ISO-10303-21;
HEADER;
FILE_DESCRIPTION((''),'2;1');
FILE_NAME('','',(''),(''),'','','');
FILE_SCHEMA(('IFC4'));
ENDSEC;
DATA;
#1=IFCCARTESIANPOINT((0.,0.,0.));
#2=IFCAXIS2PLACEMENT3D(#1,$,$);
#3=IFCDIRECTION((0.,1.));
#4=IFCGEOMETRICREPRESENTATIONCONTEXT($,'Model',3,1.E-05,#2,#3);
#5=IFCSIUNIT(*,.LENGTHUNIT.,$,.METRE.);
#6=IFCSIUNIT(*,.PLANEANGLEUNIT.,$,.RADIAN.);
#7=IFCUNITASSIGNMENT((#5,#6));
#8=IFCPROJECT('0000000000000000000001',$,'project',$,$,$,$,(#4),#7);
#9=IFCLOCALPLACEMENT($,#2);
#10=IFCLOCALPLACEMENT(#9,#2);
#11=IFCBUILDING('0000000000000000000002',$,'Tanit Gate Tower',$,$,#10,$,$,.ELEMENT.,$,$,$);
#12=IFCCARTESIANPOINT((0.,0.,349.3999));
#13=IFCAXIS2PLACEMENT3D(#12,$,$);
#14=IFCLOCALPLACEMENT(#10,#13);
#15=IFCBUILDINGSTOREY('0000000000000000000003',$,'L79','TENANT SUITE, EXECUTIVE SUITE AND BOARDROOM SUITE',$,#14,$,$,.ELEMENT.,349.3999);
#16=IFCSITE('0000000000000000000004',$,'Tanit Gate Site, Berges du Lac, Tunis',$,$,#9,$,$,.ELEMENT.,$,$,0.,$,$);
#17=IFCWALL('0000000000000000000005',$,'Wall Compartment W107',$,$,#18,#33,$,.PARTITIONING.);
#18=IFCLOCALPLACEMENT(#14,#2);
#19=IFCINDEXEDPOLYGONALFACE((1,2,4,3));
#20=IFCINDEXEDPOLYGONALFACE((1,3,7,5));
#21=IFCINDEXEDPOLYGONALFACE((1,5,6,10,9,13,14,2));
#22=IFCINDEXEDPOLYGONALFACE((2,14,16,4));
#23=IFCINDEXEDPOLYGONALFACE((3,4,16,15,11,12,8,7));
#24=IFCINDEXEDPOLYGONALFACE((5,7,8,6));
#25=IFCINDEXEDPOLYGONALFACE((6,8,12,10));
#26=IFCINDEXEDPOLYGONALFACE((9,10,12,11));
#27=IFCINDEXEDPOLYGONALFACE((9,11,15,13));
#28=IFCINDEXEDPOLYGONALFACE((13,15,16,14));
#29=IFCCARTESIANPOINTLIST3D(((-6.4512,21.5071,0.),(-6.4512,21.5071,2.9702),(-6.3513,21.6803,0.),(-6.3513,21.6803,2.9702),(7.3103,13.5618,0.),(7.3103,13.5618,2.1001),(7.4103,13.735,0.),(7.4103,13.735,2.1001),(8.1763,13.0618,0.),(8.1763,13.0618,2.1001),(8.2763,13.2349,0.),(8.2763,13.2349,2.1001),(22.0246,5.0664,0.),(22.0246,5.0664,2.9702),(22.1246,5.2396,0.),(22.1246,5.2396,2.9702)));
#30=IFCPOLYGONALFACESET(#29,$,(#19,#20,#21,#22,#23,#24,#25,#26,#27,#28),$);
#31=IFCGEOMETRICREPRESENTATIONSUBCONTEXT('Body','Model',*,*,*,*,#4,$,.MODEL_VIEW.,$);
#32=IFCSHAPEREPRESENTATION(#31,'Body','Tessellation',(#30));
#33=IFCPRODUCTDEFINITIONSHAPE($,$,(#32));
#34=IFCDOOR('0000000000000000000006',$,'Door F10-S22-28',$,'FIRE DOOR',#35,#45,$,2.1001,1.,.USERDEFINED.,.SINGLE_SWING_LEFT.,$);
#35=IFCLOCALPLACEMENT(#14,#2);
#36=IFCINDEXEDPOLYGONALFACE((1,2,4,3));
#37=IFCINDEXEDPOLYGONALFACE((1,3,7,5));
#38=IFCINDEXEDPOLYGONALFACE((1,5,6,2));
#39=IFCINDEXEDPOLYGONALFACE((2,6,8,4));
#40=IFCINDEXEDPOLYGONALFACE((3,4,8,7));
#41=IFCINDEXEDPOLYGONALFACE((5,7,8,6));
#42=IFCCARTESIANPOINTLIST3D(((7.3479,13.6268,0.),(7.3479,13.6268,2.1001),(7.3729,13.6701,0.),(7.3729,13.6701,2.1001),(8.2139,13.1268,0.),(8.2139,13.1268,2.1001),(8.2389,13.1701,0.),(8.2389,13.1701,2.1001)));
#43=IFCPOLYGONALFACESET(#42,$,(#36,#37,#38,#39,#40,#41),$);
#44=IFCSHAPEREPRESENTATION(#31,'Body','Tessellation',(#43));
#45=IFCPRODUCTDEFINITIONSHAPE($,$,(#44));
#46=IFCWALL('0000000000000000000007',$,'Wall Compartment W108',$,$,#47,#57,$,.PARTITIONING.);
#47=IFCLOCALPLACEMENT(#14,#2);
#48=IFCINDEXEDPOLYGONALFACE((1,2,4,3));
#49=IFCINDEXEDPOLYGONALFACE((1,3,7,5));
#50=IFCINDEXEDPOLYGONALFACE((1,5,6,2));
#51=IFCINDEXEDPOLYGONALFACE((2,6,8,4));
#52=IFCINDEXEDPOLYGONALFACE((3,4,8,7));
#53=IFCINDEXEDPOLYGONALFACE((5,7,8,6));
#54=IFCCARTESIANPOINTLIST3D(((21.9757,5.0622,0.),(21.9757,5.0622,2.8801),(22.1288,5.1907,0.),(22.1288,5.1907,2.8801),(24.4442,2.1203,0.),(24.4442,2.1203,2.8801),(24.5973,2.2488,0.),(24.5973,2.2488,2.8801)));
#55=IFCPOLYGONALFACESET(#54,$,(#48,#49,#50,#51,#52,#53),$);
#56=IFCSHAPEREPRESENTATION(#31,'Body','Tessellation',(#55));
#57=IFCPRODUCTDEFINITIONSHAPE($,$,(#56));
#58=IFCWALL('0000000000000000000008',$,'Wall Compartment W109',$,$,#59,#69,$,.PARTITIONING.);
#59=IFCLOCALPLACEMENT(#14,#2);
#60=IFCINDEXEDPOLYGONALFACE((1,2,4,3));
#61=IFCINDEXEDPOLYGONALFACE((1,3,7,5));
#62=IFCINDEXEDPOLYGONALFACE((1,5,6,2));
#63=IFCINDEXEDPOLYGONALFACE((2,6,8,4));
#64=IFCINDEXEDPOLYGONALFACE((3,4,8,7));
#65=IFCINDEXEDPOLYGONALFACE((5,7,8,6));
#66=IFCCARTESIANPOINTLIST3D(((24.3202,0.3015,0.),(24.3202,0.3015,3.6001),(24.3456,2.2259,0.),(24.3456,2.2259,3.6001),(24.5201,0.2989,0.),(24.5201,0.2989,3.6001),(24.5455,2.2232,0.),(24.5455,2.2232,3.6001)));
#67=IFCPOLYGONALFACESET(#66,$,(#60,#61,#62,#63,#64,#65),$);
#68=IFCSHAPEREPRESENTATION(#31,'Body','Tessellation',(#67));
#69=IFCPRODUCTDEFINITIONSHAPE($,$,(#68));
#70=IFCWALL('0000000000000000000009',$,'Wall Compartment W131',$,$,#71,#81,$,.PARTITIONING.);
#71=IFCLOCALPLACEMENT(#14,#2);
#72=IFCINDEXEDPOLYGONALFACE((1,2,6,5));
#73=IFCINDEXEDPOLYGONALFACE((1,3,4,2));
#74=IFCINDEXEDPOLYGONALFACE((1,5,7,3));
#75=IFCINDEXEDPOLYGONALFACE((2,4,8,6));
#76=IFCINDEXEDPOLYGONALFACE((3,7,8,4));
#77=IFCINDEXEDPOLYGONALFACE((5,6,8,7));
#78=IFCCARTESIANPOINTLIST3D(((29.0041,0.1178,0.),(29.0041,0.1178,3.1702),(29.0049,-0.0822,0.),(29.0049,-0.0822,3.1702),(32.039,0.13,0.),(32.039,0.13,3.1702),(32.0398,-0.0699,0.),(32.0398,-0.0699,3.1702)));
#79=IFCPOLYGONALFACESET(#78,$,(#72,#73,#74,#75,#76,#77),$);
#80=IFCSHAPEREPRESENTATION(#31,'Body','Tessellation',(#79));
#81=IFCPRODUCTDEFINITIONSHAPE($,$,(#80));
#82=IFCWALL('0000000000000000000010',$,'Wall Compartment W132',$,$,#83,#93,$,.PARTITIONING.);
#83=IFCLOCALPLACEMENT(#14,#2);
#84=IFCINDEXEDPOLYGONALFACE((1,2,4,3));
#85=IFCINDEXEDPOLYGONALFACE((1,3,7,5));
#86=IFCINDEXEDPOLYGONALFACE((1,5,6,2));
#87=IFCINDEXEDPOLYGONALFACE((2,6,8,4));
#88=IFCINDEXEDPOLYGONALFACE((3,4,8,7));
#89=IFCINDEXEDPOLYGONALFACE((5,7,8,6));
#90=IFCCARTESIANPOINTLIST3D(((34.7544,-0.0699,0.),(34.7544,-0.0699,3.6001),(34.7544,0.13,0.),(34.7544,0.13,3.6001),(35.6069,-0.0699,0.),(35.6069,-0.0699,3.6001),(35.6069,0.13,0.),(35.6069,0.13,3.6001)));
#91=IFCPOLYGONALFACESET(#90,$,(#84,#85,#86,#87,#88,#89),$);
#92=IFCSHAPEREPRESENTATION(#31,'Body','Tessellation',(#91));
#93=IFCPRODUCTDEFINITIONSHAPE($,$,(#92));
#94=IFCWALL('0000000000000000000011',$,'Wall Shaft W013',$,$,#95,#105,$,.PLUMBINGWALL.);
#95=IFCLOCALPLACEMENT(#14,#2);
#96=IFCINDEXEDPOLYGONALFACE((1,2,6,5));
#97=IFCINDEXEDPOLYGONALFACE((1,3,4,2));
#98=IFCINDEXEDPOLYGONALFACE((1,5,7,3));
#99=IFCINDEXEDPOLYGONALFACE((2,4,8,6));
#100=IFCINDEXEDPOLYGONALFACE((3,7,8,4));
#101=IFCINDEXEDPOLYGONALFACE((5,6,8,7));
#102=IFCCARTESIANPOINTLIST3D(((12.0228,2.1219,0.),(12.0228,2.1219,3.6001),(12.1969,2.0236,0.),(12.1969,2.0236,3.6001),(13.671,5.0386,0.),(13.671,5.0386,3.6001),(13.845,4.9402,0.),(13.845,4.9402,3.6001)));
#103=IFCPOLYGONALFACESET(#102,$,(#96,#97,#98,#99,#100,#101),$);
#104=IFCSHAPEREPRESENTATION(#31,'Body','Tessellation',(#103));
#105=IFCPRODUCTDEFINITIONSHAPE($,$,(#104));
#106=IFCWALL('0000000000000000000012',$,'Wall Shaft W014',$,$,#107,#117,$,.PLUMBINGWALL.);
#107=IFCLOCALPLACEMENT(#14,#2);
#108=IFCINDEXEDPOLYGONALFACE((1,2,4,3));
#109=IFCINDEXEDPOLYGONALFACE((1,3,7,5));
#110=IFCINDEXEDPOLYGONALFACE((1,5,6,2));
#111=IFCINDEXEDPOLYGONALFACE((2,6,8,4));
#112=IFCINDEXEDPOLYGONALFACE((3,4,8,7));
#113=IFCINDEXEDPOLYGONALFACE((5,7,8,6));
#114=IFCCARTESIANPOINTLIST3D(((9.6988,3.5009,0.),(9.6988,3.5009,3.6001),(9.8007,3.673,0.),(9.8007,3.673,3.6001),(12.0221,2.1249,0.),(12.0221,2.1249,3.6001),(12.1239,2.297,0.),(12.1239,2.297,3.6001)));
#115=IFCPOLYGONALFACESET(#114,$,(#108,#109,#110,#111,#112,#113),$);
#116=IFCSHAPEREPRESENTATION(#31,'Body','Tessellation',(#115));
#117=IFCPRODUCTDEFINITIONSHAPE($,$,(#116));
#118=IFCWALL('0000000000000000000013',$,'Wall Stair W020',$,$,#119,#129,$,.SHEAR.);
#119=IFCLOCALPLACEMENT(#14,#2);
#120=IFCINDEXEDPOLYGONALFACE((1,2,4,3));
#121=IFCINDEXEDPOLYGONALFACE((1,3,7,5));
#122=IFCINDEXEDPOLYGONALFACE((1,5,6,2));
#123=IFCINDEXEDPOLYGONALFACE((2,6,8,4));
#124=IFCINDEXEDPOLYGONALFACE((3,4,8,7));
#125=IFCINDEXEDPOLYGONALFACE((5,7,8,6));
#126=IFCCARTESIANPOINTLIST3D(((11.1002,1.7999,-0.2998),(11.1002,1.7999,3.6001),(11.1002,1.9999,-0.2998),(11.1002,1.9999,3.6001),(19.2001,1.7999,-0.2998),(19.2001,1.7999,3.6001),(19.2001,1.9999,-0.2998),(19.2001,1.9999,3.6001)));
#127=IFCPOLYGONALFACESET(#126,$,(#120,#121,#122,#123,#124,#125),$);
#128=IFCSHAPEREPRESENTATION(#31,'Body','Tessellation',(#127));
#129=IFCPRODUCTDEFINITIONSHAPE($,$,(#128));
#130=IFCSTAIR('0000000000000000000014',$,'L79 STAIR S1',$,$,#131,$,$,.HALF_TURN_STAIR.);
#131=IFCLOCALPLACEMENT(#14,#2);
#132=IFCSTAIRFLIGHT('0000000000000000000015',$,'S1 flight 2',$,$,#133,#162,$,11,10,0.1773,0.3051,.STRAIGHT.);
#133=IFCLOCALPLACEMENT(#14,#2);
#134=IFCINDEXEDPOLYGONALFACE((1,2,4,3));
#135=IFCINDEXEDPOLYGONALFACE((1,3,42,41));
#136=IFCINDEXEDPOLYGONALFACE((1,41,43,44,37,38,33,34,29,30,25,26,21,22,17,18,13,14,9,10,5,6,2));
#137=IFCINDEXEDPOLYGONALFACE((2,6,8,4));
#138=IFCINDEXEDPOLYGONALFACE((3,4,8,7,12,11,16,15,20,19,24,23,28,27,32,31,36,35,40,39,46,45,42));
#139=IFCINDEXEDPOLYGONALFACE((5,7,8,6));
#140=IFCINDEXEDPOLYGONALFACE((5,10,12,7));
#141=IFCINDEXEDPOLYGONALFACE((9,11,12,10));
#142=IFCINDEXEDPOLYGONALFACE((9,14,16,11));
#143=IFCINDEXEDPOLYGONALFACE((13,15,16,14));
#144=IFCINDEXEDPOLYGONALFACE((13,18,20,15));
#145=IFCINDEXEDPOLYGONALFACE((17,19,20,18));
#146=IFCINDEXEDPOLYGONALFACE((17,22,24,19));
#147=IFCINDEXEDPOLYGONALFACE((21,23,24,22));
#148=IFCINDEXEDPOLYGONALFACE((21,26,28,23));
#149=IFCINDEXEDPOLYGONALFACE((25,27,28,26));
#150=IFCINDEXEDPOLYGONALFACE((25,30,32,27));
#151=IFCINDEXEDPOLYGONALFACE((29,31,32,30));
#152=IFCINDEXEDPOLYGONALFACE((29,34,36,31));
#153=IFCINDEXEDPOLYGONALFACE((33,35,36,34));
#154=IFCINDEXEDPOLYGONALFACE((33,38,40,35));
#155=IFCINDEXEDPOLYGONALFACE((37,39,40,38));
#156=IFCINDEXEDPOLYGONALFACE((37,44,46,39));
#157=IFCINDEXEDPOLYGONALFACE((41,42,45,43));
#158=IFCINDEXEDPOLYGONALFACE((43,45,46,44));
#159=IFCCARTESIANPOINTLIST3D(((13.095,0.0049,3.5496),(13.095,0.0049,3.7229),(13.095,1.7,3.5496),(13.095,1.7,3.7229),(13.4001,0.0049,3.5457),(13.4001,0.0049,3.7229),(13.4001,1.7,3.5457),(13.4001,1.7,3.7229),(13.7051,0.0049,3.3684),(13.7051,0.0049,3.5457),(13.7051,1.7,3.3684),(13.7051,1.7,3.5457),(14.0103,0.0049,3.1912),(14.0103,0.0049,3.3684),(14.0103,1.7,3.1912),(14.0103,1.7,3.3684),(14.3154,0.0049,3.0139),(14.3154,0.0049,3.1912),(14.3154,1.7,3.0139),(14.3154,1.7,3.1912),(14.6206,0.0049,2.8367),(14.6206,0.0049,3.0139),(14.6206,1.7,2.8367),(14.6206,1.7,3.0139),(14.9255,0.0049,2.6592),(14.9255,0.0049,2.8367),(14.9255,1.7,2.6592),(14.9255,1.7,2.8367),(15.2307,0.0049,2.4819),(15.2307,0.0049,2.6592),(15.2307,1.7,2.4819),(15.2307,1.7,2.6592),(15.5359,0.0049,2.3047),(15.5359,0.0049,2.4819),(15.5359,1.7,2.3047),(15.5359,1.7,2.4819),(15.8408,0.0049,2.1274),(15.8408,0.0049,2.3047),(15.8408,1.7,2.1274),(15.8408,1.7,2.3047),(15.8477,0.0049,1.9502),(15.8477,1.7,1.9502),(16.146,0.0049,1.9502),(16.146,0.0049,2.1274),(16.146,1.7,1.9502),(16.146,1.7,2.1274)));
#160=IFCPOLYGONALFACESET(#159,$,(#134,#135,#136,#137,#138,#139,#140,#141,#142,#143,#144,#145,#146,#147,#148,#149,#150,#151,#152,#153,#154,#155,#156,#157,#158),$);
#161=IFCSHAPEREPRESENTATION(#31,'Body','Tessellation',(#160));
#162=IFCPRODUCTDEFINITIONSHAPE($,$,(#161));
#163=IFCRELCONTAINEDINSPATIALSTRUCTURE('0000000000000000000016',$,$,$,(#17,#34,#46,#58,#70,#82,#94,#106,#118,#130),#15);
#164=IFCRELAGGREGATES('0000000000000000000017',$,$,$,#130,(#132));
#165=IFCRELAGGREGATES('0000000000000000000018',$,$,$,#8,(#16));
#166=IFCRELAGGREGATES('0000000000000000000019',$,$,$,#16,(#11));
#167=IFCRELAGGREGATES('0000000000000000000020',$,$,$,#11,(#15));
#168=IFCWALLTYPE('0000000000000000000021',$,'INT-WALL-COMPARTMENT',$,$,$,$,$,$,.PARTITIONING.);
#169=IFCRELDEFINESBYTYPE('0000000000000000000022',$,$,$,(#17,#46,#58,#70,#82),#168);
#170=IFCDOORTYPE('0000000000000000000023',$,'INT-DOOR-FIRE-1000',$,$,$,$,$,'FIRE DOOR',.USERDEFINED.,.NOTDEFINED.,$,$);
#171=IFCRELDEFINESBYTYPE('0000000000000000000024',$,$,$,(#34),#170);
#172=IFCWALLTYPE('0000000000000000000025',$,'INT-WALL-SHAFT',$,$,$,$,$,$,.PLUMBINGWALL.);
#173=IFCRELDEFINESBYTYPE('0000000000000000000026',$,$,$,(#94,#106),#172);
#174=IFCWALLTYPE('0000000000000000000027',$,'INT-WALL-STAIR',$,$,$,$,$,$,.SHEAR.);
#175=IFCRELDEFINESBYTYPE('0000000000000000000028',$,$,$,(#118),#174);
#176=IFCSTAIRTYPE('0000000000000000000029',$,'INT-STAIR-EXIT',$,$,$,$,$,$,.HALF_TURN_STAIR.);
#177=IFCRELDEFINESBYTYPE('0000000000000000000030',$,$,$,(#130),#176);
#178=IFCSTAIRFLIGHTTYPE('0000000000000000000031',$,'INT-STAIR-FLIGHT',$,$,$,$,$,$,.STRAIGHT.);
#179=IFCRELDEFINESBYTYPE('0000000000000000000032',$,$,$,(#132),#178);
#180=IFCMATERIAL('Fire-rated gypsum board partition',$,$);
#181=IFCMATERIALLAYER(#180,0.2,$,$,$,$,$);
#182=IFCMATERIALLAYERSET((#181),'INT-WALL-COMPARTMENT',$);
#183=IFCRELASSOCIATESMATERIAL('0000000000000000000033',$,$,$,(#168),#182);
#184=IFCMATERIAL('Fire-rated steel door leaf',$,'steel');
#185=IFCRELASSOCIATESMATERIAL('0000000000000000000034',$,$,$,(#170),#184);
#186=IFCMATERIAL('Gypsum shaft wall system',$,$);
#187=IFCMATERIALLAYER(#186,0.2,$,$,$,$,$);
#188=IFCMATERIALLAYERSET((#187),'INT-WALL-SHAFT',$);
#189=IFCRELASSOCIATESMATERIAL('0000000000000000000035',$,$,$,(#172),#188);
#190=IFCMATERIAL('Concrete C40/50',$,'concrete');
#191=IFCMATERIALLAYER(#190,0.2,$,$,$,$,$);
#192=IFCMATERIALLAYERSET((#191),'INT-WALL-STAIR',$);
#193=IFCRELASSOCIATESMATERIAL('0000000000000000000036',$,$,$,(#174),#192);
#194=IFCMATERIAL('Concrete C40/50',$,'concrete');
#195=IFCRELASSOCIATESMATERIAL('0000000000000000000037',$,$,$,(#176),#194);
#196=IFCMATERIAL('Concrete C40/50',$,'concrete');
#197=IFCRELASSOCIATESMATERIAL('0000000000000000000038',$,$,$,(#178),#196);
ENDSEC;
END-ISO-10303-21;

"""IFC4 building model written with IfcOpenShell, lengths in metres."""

from ifc_helpers import new_model, si_unit, direction, frame, frame_2d, origin, place, context, subcontext, project, spatial, polyline, rectangle, outline, extrude, material, layer, layer_set, type_object, element, fill, aggregate, save


model = new_model("IFC4")

# Units and contexts
model_context = context("Model", 3, precision=1e-05, world=origin(), true_north=direction((0.0, 1.0)))
body_context = subcontext(model_context, "Body", "Model", "MODEL_VIEW")
ifc_project = project(units=[si_unit("LENGTHUNIT", "METRE"), si_unit("PLANEANGLEUNIT", "RADIAN")], contexts=[model_context])

# Site, building, storey
site_placement = place(None, origin())
site = spatial("IfcSite", under=ifc_project, at=site_placement, Name="Tanit Gate Site, Berges du Lac, Tunis", CompositionType="ELEMENT", RefElevation=0.0)
building_placement = place(site_placement, origin())
building = spatial("IfcBuilding", under=site, at=building_placement, Name="Tanit Gate Tower", CompositionType="ELEMENT")
storey_placement = place(building_placement, frame((0.0, 0.0, 349.3999)))
storey = spatial("IfcBuildingStorey", under=building, at=storey_placement, Name="L79", Description="TENANT SUITE, EXECUTIVE SUITE AND BOARDROOM SUITE", CompositionType="ELEMENT", Elevation=349.3999)

# Wall, opening, door
ifc_material_1 = material(Name="Fire-rated gypsum board partition")
ifc_layer_1 = layer(ifc_material_1, 0.2)
ifc_layer_set_1 = layer_set([ifc_layer_1], Name="INT-WALL-COMPARTMENT")
wall_type_1 = type_object("IfcWallType", Name="INT-WALL-COMPARTMENT", PredefinedType="PARTITIONING", material=ifc_layer_set_1)
wall_1_placement = place(storey_placement, frame((22.0745, 5.1531, 0.0), z_axis=(0.0, 0.0, 1.0), x_axis=(-0.866023, 0.500003, 0.0)))
wall_1 = element("IfcWall", 1, at=wall_1_placement, inside=storey, type_object=wall_type_1, Name="Wall Compartment W107", PredefinedType="PARTITIONING", context=body_context, shape_type="SweptSolid", body=[
    extrude(rectangle(XDim=32.8811, YDim=0.2, at=frame_2d((16.4404, 0.0))), origin(), (0.0, 0.0, 1.0), 2.9702),
])
opening_1_placement = place(wall_1_placement, frame((15.9905, 0.0, 0.0)))
opening_1 = element("IfcOpeningElement", 2, at=opening_1_placement, cuts=wall_1, PredefinedType="OPENING", context=body_context, shape_type="SweptSolid", body=[
    extrude(rectangle(XDim=1.0, YDim=2.1001, at=frame_2d((0.5, 1.05))), frame((0.0, 0.1099, 0.0), z_axis=(0.0, -1.0, 0.0), x_axis=(1.0, 0.0, 0.0)), (0.0, 0.0, 1.0), 0.22),
])
ifc_material_2 = material(Name="Fire-rated steel door leaf", Category="steel")
door_type_1 = type_object("IfcDoorType", Name="INT-DOOR-FIRE-1000", ElementType="FIRE DOOR", OperationType="NOTDEFINED", PredefinedType="USERDEFINED", material=ifc_material_2)
door_1_placement = place(opening_1_placement, origin())
door_1 = element("IfcDoor", 3, at=door_1_placement, inside=storey, type_object=door_type_1, Name="Door F10-S22-28", ObjectType="FIRE DOOR", OperationType="SINGLE_SWING_LEFT", OverallHeight=2.1001, OverallWidth=1.0, PredefinedType="USERDEFINED", context=body_context, shape_type="SweptSolid", body=[
    extrude(rectangle(XDim=1.0, YDim=2.1001, at=frame_2d((0.5, 1.05))), frame((0.0, 0.0249, 0.0), z_axis=(0.0, -1.0, 0.0), x_axis=(1.0, 0.0, 0.0)), (0.0, 0.0, 1.0), 0.05),
])
fill(opening_1, door_1)

# Walls
wall_2_placement = place(storey_placement, frame((24.5208, 2.1846, 0.0), z_axis=(0.0, 0.0, 1.0), x_axis=(-0.642782, 0.766049, 0.0)))
element("IfcWall", 4, at=wall_2_placement, inside=storey, type_object=wall_type_1, Name="Wall Compartment W108", PredefinedType="PARTITIONING", context=body_context, shape_type="SweptSolid", body=[
    extrude(rectangle(XDim=3.8403, YDim=0.2, at=frame_2d((1.9202, 0.0))), origin(), (0.0, 0.0, 1.0), 2.8801),
])
wall_3_placement = place(storey_placement, frame((24.4202, 0.3, 0.0), z_axis=(0.0, 0.0, 1.0), x_axis=(0.013193, 0.999913, 0.0)))
element("IfcWall", 5, at=wall_3_placement, inside=storey, type_object=wall_type_1, Name="Wall Compartment W109", PredefinedType="PARTITIONING", context=body_context, shape_type="SweptSolid", body=[
    extrude(rectangle(XDim=1.9246, YDim=0.2, at=frame_2d((0.9624, 0.0))), origin(), (0.0, 0.0, 1.0), 3.6001),
])
wall_4_placement = place(storey_placement, frame((29.0044, 0.0178, 0.0), z_axis=(0.0, 0.0, 1.0), x_axis=(0.999992, 0.004022, 0.0)))
element("IfcWall", 6, at=wall_4_placement, inside=storey, type_object=wall_type_1, Name="Wall Compartment W131", PredefinedType="PARTITIONING", context=body_context, shape_type="SweptSolid", body=[
    extrude(rectangle(XDim=3.0349, YDim=0.2, at=frame_2d((1.5176, 0.0))), origin(), (0.0, 0.0, 1.0), 3.1702),
])
wall_5_placement = place(storey_placement, frame((34.7544, 0.03, 0.0), z_axis=(0.0, 0.0, 1.0), x_axis=(1.0, 0.0, 0.0)))
element("IfcWall", 7, at=wall_5_placement, inside=storey, type_object=wall_type_1, Name="Wall Compartment W132", PredefinedType="PARTITIONING", context=body_context, shape_type="SweptSolid", body=[
    extrude(rectangle(XDim=0.8525, YDim=0.2, at=frame_2d((0.4263, 0.0))), origin(), (0.0, 0.0, 1.0), 3.6001),
])
ifc_material_3 = material(Name="Gypsum shaft wall system")
ifc_layer_2 = layer(ifc_material_3, 0.2)
ifc_layer_set_2 = layer_set([ifc_layer_2], Name="INT-WALL-SHAFT")
wall_type_2 = type_object("IfcWallType", Name="INT-WALL-SHAFT", PredefinedType="PLUMBINGWALL", material=ifc_layer_set_2)
wall_6_placement = place(storey_placement, frame((12.1099, 2.0728, 0.0), z_axis=(0.0, 0.0, 1.0), x_axis=(0.491966, 0.870614, 0.0)))
element("IfcWall", 8, at=wall_6_placement, inside=storey, type_object=wall_type_2, Name="Wall Shaft W013", PredefinedType="PLUMBINGWALL", context=body_context, shape_type="SweptSolid", body=[
    extrude(rectangle(XDim=3.3501, YDim=0.2, at=frame_2d((1.675, 0.0))), origin(), (0.0, 0.0, 1.0), 3.6001),
])
wall_7_placement = place(storey_placement, frame((12.073, 2.2109, 0.0), z_axis=(0.0, 0.0, 1.0), x_axis=(-0.860415, 0.509594, 0.0)))
element("IfcWall", 9, at=wall_7_placement, inside=storey, type_object=wall_type_2, Name="Wall Shaft W014", PredefinedType="PLUMBINGWALL", context=body_context, shape_type="SweptSolid", body=[
    extrude(rectangle(XDim=2.7002, YDim=0.2, at=frame_2d((1.3501, 0.0))), origin(), (0.0, 0.0, 1.0), 3.6001),
])
ifc_material_4 = material(Name="Concrete C40/50", Category="concrete")
ifc_layer_3 = layer(ifc_material_4, 0.2)
ifc_layer_set_3 = layer_set([ifc_layer_3], Name="INT-WALL-STAIR")
wall_type_3 = type_object("IfcWallType", Name="INT-WALL-STAIR", PredefinedType="SHEAR", material=ifc_layer_set_3)
wall_8_placement = place(storey_placement, frame((19.2, 1.8999, -0.2998), z_axis=(0.0, 0.0, 1.0), x_axis=(-1.0, 0.0, 0.0)))
element("IfcWall", 10, at=wall_8_placement, inside=storey, type_object=wall_type_3, Name="Wall Stair W020", PredefinedType="SHEAR", context=body_context, shape_type="SweptSolid", body=[
    extrude(rectangle(XDim=8.0999, YDim=0.2, at=frame_2d((4.0498, 0.0))), origin(), (0.0, 0.0, 1.0), 3.8999),
])

# Stair, stair flight
ifc_material_5 = material(Name="Concrete C40/50", Category="concrete")
stair_type = type_object("IfcStairType", Name="INT-STAIR-EXIT", PredefinedType="HALF_TURN_STAIR", material=ifc_material_5)
stair_placement = place(storey_placement, origin())
stair = element("IfcStair", 11, at=stair_placement, inside=storey, type_object=stair_type, Name="L79 STAIR S1", PredefinedType="HALF_TURN_STAIR")
ifc_material_6 = material(Name="Concrete C40/50", Category="concrete")
stair_flight_type = type_object("IfcStairFlightType", Name="INT-STAIR-FLIGHT", PredefinedType="STRAIGHT", material=ifc_material_6)
stair_flight_placement = place(storey_placement, frame((16.146, 0.8525, 1.9502), z_axis=(0.0, 0.0, 1.0), x_axis=(-1.0, 0.0, 0.0)))
stair_flight = element("IfcStairFlight", 12, at=stair_flight_placement, type_object=stair_flight_type, Name="S1 flight 2", NumberOfRisers=11, NumberOfTreads=10, PredefinedType="STRAIGHT", RiserHeight=0.1773, TreadLength=0.3051, context=body_context, shape_type="SweptSolid", body=[
    extrude(outline(polyline([(0.0, 0.0), (0.0, 0.1772), (0.3052, 0.1772), (0.3052, 0.3545), (0.6101, 0.3545), (0.6101, 0.5317), (0.9153, 0.5317), (0.9153, 0.709), (1.2205, 0.709), (1.2205, 0.8865), (1.5254, 0.8865), (1.5254, 1.0637), (1.8306, 1.0637), (1.8306, 1.241), (2.1357, 1.241), (2.1357, 1.4182), (2.4409, 1.4182), (2.4409, 1.5955), (2.7458, 1.5955), (2.7458, 1.7727), (3.051, 1.7727), (3.051, 1.95), (3.051, 1.5994), (0.2983, 0.0), (0.0, 0.0)])), frame((0.0, 0.8477, 0.0), z_axis=(0.0, -1.0, 0.0), x_axis=(1.0, 0.0, 0.0)), (0.0, 0.0, 1.0), 1.6951),
])
aggregate(stair, [stair_flight])

save(model, "model.ifc")
